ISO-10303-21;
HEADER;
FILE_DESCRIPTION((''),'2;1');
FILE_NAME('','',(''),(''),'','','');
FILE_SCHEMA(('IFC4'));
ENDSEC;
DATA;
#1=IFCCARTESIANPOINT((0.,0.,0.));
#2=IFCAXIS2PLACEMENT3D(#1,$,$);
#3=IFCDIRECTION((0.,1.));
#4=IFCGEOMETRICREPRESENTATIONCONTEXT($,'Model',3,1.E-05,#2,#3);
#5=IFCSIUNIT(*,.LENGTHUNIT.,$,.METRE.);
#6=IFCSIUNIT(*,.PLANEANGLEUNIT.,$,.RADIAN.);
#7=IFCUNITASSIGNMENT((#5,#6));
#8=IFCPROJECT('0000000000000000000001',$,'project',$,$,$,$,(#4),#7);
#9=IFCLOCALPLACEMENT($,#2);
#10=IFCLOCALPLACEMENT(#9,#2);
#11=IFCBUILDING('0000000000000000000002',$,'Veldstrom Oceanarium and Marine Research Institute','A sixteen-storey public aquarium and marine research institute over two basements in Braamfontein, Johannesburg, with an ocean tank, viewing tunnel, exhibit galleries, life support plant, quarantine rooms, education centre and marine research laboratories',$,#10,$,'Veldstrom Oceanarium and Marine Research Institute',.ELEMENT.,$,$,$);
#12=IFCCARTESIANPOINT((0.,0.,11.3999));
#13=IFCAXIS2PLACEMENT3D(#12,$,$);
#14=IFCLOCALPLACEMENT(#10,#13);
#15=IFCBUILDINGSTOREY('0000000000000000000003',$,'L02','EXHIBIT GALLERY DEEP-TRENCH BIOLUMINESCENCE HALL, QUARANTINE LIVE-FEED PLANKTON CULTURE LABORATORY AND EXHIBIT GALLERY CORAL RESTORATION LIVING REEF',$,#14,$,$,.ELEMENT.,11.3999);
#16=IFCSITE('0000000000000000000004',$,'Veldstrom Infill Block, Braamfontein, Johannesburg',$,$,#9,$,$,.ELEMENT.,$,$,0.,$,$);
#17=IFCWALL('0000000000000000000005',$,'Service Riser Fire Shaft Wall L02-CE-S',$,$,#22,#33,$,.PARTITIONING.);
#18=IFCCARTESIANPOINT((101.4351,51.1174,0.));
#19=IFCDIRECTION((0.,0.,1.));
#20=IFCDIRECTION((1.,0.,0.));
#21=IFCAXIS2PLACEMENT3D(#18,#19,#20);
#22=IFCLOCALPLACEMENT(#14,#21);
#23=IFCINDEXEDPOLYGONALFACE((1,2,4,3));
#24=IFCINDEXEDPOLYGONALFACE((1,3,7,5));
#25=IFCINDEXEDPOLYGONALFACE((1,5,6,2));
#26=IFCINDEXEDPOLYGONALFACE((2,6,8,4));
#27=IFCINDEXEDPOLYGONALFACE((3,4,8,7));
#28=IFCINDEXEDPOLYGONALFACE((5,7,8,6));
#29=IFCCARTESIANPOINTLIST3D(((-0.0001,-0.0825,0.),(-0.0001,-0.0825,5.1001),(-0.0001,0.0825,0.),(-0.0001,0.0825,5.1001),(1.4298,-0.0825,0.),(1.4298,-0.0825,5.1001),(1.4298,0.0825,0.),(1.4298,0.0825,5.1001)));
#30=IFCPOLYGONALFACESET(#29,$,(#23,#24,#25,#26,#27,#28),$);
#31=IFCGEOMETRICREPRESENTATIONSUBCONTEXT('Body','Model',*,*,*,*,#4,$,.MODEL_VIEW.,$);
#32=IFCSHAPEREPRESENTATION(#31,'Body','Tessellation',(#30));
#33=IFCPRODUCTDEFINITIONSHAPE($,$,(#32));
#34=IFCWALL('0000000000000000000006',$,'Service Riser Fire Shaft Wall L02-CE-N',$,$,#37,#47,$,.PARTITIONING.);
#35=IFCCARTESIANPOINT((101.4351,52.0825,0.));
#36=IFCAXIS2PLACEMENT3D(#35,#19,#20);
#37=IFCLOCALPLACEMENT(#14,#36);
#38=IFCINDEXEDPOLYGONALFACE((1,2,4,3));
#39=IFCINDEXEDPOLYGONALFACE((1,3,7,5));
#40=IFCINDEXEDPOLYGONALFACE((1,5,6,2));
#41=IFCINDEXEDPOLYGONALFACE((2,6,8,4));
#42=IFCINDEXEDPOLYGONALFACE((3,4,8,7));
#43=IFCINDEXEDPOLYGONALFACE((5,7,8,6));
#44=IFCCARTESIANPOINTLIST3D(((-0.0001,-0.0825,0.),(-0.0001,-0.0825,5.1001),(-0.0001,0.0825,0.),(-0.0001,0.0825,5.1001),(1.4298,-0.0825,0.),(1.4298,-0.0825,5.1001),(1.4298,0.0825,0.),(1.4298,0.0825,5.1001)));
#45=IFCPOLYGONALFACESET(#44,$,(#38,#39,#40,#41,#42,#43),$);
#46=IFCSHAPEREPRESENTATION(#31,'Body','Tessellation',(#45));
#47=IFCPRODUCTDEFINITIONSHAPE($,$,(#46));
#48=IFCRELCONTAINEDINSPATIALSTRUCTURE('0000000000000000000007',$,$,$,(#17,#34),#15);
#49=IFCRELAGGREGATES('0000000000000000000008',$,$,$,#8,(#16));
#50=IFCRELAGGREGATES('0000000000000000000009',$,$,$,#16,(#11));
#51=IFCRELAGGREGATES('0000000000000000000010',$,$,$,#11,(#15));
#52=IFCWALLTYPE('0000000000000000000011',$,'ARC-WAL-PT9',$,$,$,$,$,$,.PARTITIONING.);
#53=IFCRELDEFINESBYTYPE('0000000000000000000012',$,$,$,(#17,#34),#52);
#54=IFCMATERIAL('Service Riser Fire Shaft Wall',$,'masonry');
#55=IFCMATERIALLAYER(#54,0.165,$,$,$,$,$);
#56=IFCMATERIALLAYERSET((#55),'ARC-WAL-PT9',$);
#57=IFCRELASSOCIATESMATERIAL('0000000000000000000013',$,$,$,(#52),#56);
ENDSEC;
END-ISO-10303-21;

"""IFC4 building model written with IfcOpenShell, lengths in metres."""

from ifc_helpers import new_model, si_unit, direction, frame, frame_2d, origin, place, context, subcontext, project, spatial, rectangle, extrude, material, layer, layer_set, type_object, element, save


model = new_model("IFC4")

# Units and contexts
model_context = context("Model", 3, precision=1e-05, world=origin(), true_north=direction((0.0, 1.0)))
body_context = subcontext(model_context, "Body", "Model", "MODEL_VIEW")
ifc_project = project(units=[si_unit("LENGTHUNIT", "METRE"), si_unit("PLANEANGLEUNIT", "RADIAN")], contexts=[model_context])

# Site, building, storey
site_placement = place(None, origin())
site = spatial("IfcSite", under=ifc_project, at=site_placement, Name="Veldstrom Infill Block, Braamfontein, Johannesburg", CompositionType="ELEMENT", RefElevation=0.0)
building_placement = place(site_placement, origin())
building = spatial("IfcBuilding", under=site, at=building_placement, Name="Veldstrom Oceanarium and Marine Research Institute", Description="A sixteen-storey public aquarium and marine research institute over two basements in Braamfontein, Johannesburg, with an ocean tank, viewing tunnel, exhibit galleries, life support plant, quarantine rooms, education centre and marine research laboratories", LongName="Veldstrom Oceanarium and Marine Research Institute", CompositionType="ELEMENT")
storey_placement = place(building_placement, frame((0.0, 0.0, 11.3999)))
storey = spatial("IfcBuildingStorey", under=building, at=storey_placement, Name="L02", Description="EXHIBIT GALLERY DEEP-TRENCH BIOLUMINESCENCE HALL, QUARANTINE LIVE-FEED PLANKTON CULTURE LABORATORY AND EXHIBIT GALLERY CORAL RESTORATION LIVING REEF", CompositionType="ELEMENT", Elevation=11.3999)

# Walls
ifc_material_1 = material(Name="Service Riser Fire Shaft Wall", Category="masonry")
ifc_layer_1 = layer(ifc_material_1, 0.165)
ifc_layer_set_1 = layer_set([ifc_layer_1], Name="ARC-WAL-PT9")
wall_type_1 = type_object("IfcWallType", Name="ARC-WAL-PT9", PredefinedType="PARTITIONING", material=ifc_layer_set_1)
for number, where, z_axis, x_axis, name in (
    (1, (101.4351, 51.1174, 0.0), (0.0, 0.0, 1.0), (1.0, 0.0, 0.0), "Service Riser Fire Shaft Wall L02-CE-S"),
    (2, (101.4351, 52.0825, 0.0), (0.0, 0.0, 1.0), (1.0, 0.0, 0.0), "Service Riser Fire Shaft Wall L02-CE-N"),
):
    element("IfcWall", number, at=place(storey_placement, frame(where, z_axis=z_axis, x_axis=x_axis)), inside=storey, type_object=wall_type_1, Name=name, PredefinedType="PARTITIONING", context=body_context, shape_type="SweptSolid", body=[
        extrude(rectangle(XDim=1.4299, YDim=0.165, at=frame_2d((0.7148, 0.0))), origin(), (0.0, 0.0, 1.0), 5.1001),
    ])

save(model, "model.ifc")
